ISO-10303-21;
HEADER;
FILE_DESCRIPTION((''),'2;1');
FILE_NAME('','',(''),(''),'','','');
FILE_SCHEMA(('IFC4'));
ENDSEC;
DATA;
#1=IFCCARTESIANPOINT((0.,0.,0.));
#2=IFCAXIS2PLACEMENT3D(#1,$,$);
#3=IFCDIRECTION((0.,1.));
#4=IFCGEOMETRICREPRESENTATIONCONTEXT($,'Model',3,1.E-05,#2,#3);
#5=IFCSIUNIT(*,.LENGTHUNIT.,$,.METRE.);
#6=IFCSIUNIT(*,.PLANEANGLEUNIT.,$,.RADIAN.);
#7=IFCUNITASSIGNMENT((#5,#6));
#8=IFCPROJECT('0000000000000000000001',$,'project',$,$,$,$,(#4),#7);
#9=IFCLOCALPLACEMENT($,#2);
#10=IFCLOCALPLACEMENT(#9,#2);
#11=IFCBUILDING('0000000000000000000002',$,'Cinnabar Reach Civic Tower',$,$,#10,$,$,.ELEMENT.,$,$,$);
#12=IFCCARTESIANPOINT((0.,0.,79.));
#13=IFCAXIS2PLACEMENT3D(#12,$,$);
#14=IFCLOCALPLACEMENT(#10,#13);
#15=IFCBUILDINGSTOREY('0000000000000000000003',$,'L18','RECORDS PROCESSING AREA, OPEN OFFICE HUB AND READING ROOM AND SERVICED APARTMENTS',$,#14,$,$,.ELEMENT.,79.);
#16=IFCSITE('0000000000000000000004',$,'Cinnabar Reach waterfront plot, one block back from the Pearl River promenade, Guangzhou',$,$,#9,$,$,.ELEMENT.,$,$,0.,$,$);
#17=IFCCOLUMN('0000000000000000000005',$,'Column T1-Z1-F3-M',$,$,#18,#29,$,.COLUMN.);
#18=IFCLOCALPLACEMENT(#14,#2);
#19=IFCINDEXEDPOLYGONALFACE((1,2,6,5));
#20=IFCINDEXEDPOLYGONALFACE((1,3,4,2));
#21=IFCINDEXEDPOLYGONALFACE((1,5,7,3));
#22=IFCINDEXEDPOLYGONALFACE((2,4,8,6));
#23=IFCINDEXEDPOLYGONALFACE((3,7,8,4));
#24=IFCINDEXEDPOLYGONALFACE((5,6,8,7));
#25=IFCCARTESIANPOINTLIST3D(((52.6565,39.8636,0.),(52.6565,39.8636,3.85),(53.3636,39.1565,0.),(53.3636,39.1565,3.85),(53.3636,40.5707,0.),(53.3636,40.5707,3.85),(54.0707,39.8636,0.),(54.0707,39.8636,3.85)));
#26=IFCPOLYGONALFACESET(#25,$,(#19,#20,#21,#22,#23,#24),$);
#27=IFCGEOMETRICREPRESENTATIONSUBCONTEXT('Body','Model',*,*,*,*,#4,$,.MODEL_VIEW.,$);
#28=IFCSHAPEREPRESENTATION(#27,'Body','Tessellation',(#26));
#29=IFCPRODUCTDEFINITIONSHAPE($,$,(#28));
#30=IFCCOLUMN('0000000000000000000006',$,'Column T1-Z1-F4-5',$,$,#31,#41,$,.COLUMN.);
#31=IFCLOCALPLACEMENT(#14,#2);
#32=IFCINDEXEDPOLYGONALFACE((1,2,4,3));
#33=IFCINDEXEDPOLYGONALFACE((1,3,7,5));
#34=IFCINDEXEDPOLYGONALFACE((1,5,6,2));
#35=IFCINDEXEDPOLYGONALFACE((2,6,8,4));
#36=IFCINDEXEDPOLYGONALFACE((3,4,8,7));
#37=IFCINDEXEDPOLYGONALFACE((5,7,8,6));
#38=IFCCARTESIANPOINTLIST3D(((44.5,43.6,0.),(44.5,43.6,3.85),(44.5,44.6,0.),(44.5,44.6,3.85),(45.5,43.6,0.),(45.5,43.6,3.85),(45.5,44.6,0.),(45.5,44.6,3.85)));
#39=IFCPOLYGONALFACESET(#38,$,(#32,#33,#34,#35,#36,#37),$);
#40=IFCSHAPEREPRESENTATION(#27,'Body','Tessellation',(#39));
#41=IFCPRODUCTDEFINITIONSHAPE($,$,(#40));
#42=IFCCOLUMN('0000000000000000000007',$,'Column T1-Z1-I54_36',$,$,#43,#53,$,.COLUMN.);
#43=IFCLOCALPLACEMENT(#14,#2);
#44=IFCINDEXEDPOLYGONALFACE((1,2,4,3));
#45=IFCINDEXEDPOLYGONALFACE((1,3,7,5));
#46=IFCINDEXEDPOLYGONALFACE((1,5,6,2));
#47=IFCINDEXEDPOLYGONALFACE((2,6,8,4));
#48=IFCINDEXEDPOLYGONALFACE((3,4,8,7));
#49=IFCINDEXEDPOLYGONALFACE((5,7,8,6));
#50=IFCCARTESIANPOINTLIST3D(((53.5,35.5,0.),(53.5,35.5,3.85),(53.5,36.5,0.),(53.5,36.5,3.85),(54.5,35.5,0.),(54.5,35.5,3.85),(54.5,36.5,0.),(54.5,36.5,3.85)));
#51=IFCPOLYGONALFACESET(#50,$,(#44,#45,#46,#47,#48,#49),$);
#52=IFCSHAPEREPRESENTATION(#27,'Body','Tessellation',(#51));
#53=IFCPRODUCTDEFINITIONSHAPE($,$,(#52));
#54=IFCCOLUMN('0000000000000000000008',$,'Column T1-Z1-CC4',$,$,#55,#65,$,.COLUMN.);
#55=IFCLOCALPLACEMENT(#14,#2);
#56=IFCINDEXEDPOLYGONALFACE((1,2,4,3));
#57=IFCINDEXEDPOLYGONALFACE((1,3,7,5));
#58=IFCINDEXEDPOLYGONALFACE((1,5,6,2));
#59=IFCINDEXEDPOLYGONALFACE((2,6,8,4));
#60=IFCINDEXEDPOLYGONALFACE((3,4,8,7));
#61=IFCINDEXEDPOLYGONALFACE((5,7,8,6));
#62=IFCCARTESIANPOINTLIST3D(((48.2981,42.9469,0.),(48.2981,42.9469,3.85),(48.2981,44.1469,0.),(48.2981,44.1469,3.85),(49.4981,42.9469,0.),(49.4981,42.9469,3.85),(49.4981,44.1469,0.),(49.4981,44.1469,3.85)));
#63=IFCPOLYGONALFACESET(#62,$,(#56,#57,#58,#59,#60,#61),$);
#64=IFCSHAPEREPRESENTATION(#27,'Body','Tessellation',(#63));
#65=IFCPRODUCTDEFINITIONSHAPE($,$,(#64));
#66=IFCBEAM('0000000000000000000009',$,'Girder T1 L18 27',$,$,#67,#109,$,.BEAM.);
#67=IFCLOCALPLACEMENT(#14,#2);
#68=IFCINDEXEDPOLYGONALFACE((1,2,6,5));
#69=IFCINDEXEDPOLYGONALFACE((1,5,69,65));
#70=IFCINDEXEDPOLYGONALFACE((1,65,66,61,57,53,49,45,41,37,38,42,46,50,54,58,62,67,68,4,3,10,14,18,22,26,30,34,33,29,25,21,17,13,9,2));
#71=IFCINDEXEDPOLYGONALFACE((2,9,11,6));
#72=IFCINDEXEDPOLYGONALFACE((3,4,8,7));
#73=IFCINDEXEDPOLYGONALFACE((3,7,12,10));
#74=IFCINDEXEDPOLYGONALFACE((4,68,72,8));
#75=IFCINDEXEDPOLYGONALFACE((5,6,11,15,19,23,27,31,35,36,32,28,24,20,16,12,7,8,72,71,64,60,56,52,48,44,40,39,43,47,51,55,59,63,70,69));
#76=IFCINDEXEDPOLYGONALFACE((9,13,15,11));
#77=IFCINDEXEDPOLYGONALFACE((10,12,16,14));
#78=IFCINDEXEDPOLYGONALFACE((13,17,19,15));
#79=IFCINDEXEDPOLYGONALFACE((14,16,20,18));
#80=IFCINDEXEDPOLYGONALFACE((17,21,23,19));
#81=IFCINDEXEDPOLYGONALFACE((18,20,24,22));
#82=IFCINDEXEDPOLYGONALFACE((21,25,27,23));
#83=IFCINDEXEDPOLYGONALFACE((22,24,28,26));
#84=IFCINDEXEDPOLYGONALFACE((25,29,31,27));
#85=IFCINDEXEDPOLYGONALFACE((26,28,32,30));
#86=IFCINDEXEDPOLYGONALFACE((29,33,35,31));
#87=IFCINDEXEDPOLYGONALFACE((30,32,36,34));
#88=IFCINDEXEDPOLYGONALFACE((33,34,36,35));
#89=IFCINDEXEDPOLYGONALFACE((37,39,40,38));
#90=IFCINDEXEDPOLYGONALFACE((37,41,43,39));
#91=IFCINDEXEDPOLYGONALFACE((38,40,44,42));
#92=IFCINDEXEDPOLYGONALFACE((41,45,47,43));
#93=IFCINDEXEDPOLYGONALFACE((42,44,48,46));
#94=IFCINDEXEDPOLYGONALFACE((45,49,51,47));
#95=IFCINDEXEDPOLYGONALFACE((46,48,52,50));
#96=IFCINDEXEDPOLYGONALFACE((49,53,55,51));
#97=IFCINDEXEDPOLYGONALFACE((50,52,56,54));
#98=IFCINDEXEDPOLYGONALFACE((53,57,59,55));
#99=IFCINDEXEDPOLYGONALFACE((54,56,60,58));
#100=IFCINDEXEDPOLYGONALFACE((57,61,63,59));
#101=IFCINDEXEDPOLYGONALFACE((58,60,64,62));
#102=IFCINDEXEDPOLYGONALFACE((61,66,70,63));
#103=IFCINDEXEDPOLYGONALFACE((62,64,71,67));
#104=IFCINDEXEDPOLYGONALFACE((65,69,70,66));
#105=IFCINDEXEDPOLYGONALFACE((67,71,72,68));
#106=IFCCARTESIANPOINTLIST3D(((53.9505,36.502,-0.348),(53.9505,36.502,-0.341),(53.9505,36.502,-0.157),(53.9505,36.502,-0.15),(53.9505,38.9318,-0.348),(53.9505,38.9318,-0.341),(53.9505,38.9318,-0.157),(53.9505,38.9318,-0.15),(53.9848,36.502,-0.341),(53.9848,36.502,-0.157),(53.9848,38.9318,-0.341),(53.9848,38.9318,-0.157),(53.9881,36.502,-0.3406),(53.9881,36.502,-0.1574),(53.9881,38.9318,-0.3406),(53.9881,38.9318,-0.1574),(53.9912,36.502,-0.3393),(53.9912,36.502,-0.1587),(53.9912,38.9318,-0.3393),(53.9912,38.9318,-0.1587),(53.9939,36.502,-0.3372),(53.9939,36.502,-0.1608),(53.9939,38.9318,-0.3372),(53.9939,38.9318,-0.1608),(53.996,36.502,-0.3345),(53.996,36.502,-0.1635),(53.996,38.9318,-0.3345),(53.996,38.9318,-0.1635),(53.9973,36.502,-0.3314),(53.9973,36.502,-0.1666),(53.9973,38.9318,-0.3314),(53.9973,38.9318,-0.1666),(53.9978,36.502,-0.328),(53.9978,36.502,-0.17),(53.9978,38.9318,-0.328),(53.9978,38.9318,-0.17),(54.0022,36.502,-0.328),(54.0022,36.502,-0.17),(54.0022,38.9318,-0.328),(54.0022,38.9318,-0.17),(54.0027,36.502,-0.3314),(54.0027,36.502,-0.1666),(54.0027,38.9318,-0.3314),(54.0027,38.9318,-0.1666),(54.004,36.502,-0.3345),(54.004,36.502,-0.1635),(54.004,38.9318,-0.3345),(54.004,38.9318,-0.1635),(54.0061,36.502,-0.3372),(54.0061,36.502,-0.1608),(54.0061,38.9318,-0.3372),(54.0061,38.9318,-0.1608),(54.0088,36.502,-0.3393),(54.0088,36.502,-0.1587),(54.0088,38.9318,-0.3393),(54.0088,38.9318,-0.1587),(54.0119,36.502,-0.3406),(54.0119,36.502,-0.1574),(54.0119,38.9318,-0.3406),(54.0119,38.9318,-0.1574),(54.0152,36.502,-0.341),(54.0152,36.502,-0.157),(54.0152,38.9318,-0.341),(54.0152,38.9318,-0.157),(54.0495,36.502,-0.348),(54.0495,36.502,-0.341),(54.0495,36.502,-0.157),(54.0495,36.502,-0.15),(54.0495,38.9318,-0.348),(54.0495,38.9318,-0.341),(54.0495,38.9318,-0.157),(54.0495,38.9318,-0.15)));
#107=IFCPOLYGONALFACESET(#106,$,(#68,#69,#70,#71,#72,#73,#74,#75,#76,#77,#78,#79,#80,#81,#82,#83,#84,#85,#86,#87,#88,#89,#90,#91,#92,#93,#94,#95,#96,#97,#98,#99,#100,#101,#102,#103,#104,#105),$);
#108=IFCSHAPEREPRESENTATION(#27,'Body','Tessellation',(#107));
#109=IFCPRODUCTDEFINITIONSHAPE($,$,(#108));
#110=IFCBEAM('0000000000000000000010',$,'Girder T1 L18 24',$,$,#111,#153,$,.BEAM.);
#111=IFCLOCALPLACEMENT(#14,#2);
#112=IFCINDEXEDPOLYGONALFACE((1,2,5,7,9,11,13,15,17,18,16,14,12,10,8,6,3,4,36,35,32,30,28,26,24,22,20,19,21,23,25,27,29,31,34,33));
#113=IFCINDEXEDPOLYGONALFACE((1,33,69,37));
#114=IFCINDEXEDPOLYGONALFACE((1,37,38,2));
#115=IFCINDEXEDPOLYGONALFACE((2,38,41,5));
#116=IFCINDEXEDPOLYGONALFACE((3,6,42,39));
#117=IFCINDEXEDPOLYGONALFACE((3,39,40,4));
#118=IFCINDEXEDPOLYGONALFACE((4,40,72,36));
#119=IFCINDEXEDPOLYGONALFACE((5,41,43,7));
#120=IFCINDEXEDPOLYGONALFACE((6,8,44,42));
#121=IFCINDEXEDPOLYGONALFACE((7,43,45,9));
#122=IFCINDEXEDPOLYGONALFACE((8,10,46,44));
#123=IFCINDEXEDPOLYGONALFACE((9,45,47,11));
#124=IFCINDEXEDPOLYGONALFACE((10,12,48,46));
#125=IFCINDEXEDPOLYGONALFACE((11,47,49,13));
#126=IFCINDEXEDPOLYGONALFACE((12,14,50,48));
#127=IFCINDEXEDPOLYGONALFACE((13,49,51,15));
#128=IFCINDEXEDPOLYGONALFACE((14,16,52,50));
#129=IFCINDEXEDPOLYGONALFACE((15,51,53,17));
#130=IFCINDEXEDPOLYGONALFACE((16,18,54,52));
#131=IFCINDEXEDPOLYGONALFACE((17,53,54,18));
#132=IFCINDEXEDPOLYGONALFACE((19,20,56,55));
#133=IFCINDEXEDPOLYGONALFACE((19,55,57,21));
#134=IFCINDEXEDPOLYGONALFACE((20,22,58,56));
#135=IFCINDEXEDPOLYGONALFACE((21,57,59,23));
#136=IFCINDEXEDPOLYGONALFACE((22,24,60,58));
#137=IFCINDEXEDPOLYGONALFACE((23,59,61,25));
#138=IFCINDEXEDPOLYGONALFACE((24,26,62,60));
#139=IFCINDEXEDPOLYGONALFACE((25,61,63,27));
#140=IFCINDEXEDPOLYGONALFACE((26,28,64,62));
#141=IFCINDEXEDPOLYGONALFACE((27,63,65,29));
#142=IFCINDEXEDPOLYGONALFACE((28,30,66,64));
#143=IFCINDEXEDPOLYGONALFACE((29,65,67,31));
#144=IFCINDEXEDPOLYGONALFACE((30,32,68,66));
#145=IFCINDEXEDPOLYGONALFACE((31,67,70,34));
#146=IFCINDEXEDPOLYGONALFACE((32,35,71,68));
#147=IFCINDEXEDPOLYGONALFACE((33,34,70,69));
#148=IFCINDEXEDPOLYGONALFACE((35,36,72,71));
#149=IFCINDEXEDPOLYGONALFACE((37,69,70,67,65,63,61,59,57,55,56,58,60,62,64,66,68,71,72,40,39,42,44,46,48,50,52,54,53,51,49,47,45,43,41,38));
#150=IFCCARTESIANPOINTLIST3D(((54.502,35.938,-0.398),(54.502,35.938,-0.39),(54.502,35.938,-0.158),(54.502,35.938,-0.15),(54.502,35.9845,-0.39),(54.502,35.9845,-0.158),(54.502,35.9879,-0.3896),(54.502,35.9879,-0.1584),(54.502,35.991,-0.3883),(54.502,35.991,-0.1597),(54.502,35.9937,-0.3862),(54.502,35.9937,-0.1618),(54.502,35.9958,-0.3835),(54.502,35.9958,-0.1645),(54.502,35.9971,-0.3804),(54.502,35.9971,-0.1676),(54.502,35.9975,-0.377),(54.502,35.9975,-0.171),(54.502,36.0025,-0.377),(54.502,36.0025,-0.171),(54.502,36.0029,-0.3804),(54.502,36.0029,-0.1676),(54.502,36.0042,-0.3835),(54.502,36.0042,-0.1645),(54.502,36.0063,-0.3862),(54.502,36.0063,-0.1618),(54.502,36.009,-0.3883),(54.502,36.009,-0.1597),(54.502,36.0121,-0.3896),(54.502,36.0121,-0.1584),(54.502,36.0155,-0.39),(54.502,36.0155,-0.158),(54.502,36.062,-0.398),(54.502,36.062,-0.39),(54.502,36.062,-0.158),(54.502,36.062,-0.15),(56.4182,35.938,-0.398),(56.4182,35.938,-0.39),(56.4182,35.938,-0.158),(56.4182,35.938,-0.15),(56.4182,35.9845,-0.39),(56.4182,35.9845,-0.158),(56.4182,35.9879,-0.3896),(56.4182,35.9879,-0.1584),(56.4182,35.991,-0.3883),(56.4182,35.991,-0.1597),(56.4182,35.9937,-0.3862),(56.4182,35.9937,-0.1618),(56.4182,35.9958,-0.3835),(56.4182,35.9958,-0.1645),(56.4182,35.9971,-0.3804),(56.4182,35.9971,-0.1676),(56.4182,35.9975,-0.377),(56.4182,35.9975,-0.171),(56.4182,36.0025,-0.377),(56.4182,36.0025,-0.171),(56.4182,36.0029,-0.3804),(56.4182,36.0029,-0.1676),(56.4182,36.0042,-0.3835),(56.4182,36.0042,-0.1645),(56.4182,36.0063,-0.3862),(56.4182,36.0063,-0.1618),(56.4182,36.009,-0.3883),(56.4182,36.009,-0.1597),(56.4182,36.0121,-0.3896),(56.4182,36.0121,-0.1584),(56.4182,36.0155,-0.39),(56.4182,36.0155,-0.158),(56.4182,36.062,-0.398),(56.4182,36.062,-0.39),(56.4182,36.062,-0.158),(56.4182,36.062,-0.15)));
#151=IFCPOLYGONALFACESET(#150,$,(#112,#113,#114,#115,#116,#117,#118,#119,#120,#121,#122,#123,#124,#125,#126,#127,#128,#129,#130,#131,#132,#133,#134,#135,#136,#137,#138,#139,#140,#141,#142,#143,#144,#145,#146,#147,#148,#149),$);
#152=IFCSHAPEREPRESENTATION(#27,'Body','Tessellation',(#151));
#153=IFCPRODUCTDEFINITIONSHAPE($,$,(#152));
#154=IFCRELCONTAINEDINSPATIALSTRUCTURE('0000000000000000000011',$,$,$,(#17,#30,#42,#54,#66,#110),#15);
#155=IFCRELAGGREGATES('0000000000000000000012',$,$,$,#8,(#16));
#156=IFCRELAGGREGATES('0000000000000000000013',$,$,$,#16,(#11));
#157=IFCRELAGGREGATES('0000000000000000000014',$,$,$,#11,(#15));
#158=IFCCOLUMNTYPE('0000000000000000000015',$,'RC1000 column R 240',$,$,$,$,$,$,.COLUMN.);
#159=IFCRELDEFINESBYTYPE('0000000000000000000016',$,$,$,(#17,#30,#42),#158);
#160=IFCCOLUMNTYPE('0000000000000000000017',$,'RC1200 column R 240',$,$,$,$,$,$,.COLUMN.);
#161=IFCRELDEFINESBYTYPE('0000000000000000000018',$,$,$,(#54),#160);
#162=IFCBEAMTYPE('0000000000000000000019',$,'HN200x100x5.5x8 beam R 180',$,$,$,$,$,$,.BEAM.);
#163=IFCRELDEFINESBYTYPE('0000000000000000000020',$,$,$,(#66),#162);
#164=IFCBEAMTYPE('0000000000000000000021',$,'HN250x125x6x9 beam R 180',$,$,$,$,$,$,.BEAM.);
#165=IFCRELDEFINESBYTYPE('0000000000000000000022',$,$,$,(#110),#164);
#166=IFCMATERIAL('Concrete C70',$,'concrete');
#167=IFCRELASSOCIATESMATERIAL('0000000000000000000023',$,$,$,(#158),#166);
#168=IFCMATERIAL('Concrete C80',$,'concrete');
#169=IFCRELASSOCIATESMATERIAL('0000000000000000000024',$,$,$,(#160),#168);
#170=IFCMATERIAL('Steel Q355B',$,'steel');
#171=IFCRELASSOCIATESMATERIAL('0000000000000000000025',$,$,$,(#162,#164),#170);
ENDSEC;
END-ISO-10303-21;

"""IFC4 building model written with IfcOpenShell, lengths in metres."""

from ifc_helpers import new_model, si_unit, direction, frame, origin, origin_2d, place, context, subcontext, project, spatial, rectangle, i_section, extrude, material, material_profile, profile_set, type_object, element, save


model = new_model("IFC4")

# Units and contexts
model_context = context("Model", 3, precision=1e-05, world=origin(), true_north=direction((0.0, 1.0)))
body_context = subcontext(model_context, "Body", "Model", "MODEL_VIEW")
ifc_project = project(units=[si_unit("LENGTHUNIT", "METRE"), si_unit("PLANEANGLEUNIT", "RADIAN")], contexts=[model_context])

# Site, building, storey
site_placement = place(None, origin())
site = spatial("IfcSite", under=ifc_project, at=site_placement, Name="Cinnabar Reach waterfront plot, one block back from the Pearl River promenade, Guangzhou", CompositionType="ELEMENT", RefElevation=0.0)
building_placement = place(site_placement, origin())
building = spatial("IfcBuilding", under=site, at=building_placement, Name="Cinnabar Reach Civic Tower", CompositionType="ELEMENT")
storey_placement = place(building_placement, frame((0.0, 0.0, 79.0)))
storey = spatial("IfcBuildingStorey", under=building, at=storey_placement, Name="L18", Description="RECORDS PROCESSING AREA, OPEN OFFICE HUB AND READING ROOM AND SERVICED APARTMENTS", CompositionType="ELEMENT", Elevation=79.0)

# Columns
ifc_material_1 = material(Name="Concrete C70", Category="concrete")
ifc_material_profile_1 = material_profile(ifc_material_1, rectangle(XDim=1.0, YDim=1.0, at=origin_2d()), Name="RC1000")
ifc_profile_set_1 = profile_set([ifc_material_profile_1], Name="Concrete C70")
column_type_1 = type_object("IfcColumnType", Name="RC1000 column R 240", PredefinedType="COLUMN", material=ifc_profile_set_1)
for number, where, z_axis, x_axis, name in (
    (1, (53.3636, 39.8636, 0.0), (0.0, 0.0, 1.0), (0.707107, 0.707107, 0.0), "Column T1-Z1-F3-M"),
    (2, (45.0, 44.1, 0.0), (0.0, 0.0, 1.0), (1.0, 0.0, 0.0), "Column T1-Z1-F4-5"),
    (3, (54.0, 36.0, 0.0), (0.0, 0.0, 1.0), (1.0, 0.0, 0.0), "Column T1-Z1-I54_36"),
):
    element("IfcColumn", number, at=place(storey_placement, frame(where, z_axis=z_axis, x_axis=x_axis)), inside=storey, type_object=column_type_1, Name=name, PredefinedType="COLUMN", context=body_context, shape_type="SweptSolid", body=[
        extrude(rectangle(XDim=1.0, YDim=1.0, at=origin_2d()), origin(), (0.0, 0.0, 1.0), 3.85),
    ])
ifc_material_2 = material(Name="Concrete C80", Category="concrete")
ifc_material_profile_2 = material_profile(ifc_material_2, rectangle(XDim=1.2, YDim=1.2, at=origin_2d()), Name="RC1200")
ifc_profile_set_2 = profile_set([ifc_material_profile_2], Name="Concrete C80")
column_type_2 = type_object("IfcColumnType", Name="RC1200 column R 240", PredefinedType="COLUMN", material=ifc_profile_set_2)
column_placement = place(storey_placement, frame((48.8981, 43.5469, 0.0), z_axis=(0.0, 0.0, 1.0), x_axis=(1.0, 0.0, 0.0)))
element("IfcColumn", 4, at=column_placement, inside=storey, type_object=column_type_2, Name="Column T1-Z1-CC4", PredefinedType="COLUMN", context=body_context, shape_type="SweptSolid", body=[
    extrude(rectangle(XDim=1.2, YDim=1.2, at=origin_2d()), origin(), (0.0, 0.0, 1.0), 3.85),
])

# Beams
ifc_material_3 = material(Name="Steel Q355B", Category="steel")
ifc_material_profile_3 = material_profile(ifc_material_3, i_section(OverallWidth=0.099, OverallDepth=0.198, WebThickness=0.0045, FlangeThickness=0.007, FilletRadius=0.013, at=origin_2d()), Name="HN200x100x5.5x8")
ifc_profile_set_3 = profile_set([ifc_material_profile_3], Name="Steel Q355B")
beam_type_1 = type_object("IfcBeamType", Name="HN200x100x5.5x8 beam R 180", PredefinedType="BEAM", material=ifc_profile_set_3)
beam_1_placement = place(storey_placement, frame((54.0, 36.502, -0.249), z_axis=(0.0, 1.0, 0.0), x_axis=(-1.0, 0.0, 0.0)))
element("IfcBeam", 5, at=beam_1_placement, inside=storey, type_object=beam_type_1, Name="Girder T1 L18 27", PredefinedType="BEAM", context=body_context, shape_type="SweptSolid", body=[
    extrude(i_section(OverallWidth=0.099, OverallDepth=0.198, WebThickness=0.0045, FlangeThickness=0.007, FilletRadius=0.013, at=origin_2d()), origin(), (0.0, 0.0, 1.0), 2.4298),
])
ifc_material_profile_4 = material_profile(ifc_material_3, i_section(OverallWidth=0.124, OverallDepth=0.248, WebThickness=0.005, FlangeThickness=0.008, FilletRadius=0.013, at=origin_2d()), Name="HN250x125x6x9")
ifc_profile_set_4 = profile_set([ifc_material_profile_4], Name="Steel Q355B")
beam_type_2 = type_object("IfcBeamType", Name="HN250x125x6x9 beam R 180", PredefinedType="BEAM", material=ifc_profile_set_4)
beam_2_placement = place(storey_placement, frame((54.502, 36.0, -0.274), z_axis=(1.0, 0.0, 0.0), x_axis=(0.0, 1.0, 0.0)))
element("IfcBeam", 6, at=beam_2_placement, inside=storey, type_object=beam_type_2, Name="Girder T1 L18 24", PredefinedType="BEAM", context=body_context, shape_type="SweptSolid", body=[
    extrude(i_section(OverallWidth=0.124, OverallDepth=0.248, WebThickness=0.005, FlangeThickness=0.008, FilletRadius=0.013, at=origin_2d()), origin(), (0.0, 0.0, 1.0), 1.9162),
])

save(model, "model.ifc")
